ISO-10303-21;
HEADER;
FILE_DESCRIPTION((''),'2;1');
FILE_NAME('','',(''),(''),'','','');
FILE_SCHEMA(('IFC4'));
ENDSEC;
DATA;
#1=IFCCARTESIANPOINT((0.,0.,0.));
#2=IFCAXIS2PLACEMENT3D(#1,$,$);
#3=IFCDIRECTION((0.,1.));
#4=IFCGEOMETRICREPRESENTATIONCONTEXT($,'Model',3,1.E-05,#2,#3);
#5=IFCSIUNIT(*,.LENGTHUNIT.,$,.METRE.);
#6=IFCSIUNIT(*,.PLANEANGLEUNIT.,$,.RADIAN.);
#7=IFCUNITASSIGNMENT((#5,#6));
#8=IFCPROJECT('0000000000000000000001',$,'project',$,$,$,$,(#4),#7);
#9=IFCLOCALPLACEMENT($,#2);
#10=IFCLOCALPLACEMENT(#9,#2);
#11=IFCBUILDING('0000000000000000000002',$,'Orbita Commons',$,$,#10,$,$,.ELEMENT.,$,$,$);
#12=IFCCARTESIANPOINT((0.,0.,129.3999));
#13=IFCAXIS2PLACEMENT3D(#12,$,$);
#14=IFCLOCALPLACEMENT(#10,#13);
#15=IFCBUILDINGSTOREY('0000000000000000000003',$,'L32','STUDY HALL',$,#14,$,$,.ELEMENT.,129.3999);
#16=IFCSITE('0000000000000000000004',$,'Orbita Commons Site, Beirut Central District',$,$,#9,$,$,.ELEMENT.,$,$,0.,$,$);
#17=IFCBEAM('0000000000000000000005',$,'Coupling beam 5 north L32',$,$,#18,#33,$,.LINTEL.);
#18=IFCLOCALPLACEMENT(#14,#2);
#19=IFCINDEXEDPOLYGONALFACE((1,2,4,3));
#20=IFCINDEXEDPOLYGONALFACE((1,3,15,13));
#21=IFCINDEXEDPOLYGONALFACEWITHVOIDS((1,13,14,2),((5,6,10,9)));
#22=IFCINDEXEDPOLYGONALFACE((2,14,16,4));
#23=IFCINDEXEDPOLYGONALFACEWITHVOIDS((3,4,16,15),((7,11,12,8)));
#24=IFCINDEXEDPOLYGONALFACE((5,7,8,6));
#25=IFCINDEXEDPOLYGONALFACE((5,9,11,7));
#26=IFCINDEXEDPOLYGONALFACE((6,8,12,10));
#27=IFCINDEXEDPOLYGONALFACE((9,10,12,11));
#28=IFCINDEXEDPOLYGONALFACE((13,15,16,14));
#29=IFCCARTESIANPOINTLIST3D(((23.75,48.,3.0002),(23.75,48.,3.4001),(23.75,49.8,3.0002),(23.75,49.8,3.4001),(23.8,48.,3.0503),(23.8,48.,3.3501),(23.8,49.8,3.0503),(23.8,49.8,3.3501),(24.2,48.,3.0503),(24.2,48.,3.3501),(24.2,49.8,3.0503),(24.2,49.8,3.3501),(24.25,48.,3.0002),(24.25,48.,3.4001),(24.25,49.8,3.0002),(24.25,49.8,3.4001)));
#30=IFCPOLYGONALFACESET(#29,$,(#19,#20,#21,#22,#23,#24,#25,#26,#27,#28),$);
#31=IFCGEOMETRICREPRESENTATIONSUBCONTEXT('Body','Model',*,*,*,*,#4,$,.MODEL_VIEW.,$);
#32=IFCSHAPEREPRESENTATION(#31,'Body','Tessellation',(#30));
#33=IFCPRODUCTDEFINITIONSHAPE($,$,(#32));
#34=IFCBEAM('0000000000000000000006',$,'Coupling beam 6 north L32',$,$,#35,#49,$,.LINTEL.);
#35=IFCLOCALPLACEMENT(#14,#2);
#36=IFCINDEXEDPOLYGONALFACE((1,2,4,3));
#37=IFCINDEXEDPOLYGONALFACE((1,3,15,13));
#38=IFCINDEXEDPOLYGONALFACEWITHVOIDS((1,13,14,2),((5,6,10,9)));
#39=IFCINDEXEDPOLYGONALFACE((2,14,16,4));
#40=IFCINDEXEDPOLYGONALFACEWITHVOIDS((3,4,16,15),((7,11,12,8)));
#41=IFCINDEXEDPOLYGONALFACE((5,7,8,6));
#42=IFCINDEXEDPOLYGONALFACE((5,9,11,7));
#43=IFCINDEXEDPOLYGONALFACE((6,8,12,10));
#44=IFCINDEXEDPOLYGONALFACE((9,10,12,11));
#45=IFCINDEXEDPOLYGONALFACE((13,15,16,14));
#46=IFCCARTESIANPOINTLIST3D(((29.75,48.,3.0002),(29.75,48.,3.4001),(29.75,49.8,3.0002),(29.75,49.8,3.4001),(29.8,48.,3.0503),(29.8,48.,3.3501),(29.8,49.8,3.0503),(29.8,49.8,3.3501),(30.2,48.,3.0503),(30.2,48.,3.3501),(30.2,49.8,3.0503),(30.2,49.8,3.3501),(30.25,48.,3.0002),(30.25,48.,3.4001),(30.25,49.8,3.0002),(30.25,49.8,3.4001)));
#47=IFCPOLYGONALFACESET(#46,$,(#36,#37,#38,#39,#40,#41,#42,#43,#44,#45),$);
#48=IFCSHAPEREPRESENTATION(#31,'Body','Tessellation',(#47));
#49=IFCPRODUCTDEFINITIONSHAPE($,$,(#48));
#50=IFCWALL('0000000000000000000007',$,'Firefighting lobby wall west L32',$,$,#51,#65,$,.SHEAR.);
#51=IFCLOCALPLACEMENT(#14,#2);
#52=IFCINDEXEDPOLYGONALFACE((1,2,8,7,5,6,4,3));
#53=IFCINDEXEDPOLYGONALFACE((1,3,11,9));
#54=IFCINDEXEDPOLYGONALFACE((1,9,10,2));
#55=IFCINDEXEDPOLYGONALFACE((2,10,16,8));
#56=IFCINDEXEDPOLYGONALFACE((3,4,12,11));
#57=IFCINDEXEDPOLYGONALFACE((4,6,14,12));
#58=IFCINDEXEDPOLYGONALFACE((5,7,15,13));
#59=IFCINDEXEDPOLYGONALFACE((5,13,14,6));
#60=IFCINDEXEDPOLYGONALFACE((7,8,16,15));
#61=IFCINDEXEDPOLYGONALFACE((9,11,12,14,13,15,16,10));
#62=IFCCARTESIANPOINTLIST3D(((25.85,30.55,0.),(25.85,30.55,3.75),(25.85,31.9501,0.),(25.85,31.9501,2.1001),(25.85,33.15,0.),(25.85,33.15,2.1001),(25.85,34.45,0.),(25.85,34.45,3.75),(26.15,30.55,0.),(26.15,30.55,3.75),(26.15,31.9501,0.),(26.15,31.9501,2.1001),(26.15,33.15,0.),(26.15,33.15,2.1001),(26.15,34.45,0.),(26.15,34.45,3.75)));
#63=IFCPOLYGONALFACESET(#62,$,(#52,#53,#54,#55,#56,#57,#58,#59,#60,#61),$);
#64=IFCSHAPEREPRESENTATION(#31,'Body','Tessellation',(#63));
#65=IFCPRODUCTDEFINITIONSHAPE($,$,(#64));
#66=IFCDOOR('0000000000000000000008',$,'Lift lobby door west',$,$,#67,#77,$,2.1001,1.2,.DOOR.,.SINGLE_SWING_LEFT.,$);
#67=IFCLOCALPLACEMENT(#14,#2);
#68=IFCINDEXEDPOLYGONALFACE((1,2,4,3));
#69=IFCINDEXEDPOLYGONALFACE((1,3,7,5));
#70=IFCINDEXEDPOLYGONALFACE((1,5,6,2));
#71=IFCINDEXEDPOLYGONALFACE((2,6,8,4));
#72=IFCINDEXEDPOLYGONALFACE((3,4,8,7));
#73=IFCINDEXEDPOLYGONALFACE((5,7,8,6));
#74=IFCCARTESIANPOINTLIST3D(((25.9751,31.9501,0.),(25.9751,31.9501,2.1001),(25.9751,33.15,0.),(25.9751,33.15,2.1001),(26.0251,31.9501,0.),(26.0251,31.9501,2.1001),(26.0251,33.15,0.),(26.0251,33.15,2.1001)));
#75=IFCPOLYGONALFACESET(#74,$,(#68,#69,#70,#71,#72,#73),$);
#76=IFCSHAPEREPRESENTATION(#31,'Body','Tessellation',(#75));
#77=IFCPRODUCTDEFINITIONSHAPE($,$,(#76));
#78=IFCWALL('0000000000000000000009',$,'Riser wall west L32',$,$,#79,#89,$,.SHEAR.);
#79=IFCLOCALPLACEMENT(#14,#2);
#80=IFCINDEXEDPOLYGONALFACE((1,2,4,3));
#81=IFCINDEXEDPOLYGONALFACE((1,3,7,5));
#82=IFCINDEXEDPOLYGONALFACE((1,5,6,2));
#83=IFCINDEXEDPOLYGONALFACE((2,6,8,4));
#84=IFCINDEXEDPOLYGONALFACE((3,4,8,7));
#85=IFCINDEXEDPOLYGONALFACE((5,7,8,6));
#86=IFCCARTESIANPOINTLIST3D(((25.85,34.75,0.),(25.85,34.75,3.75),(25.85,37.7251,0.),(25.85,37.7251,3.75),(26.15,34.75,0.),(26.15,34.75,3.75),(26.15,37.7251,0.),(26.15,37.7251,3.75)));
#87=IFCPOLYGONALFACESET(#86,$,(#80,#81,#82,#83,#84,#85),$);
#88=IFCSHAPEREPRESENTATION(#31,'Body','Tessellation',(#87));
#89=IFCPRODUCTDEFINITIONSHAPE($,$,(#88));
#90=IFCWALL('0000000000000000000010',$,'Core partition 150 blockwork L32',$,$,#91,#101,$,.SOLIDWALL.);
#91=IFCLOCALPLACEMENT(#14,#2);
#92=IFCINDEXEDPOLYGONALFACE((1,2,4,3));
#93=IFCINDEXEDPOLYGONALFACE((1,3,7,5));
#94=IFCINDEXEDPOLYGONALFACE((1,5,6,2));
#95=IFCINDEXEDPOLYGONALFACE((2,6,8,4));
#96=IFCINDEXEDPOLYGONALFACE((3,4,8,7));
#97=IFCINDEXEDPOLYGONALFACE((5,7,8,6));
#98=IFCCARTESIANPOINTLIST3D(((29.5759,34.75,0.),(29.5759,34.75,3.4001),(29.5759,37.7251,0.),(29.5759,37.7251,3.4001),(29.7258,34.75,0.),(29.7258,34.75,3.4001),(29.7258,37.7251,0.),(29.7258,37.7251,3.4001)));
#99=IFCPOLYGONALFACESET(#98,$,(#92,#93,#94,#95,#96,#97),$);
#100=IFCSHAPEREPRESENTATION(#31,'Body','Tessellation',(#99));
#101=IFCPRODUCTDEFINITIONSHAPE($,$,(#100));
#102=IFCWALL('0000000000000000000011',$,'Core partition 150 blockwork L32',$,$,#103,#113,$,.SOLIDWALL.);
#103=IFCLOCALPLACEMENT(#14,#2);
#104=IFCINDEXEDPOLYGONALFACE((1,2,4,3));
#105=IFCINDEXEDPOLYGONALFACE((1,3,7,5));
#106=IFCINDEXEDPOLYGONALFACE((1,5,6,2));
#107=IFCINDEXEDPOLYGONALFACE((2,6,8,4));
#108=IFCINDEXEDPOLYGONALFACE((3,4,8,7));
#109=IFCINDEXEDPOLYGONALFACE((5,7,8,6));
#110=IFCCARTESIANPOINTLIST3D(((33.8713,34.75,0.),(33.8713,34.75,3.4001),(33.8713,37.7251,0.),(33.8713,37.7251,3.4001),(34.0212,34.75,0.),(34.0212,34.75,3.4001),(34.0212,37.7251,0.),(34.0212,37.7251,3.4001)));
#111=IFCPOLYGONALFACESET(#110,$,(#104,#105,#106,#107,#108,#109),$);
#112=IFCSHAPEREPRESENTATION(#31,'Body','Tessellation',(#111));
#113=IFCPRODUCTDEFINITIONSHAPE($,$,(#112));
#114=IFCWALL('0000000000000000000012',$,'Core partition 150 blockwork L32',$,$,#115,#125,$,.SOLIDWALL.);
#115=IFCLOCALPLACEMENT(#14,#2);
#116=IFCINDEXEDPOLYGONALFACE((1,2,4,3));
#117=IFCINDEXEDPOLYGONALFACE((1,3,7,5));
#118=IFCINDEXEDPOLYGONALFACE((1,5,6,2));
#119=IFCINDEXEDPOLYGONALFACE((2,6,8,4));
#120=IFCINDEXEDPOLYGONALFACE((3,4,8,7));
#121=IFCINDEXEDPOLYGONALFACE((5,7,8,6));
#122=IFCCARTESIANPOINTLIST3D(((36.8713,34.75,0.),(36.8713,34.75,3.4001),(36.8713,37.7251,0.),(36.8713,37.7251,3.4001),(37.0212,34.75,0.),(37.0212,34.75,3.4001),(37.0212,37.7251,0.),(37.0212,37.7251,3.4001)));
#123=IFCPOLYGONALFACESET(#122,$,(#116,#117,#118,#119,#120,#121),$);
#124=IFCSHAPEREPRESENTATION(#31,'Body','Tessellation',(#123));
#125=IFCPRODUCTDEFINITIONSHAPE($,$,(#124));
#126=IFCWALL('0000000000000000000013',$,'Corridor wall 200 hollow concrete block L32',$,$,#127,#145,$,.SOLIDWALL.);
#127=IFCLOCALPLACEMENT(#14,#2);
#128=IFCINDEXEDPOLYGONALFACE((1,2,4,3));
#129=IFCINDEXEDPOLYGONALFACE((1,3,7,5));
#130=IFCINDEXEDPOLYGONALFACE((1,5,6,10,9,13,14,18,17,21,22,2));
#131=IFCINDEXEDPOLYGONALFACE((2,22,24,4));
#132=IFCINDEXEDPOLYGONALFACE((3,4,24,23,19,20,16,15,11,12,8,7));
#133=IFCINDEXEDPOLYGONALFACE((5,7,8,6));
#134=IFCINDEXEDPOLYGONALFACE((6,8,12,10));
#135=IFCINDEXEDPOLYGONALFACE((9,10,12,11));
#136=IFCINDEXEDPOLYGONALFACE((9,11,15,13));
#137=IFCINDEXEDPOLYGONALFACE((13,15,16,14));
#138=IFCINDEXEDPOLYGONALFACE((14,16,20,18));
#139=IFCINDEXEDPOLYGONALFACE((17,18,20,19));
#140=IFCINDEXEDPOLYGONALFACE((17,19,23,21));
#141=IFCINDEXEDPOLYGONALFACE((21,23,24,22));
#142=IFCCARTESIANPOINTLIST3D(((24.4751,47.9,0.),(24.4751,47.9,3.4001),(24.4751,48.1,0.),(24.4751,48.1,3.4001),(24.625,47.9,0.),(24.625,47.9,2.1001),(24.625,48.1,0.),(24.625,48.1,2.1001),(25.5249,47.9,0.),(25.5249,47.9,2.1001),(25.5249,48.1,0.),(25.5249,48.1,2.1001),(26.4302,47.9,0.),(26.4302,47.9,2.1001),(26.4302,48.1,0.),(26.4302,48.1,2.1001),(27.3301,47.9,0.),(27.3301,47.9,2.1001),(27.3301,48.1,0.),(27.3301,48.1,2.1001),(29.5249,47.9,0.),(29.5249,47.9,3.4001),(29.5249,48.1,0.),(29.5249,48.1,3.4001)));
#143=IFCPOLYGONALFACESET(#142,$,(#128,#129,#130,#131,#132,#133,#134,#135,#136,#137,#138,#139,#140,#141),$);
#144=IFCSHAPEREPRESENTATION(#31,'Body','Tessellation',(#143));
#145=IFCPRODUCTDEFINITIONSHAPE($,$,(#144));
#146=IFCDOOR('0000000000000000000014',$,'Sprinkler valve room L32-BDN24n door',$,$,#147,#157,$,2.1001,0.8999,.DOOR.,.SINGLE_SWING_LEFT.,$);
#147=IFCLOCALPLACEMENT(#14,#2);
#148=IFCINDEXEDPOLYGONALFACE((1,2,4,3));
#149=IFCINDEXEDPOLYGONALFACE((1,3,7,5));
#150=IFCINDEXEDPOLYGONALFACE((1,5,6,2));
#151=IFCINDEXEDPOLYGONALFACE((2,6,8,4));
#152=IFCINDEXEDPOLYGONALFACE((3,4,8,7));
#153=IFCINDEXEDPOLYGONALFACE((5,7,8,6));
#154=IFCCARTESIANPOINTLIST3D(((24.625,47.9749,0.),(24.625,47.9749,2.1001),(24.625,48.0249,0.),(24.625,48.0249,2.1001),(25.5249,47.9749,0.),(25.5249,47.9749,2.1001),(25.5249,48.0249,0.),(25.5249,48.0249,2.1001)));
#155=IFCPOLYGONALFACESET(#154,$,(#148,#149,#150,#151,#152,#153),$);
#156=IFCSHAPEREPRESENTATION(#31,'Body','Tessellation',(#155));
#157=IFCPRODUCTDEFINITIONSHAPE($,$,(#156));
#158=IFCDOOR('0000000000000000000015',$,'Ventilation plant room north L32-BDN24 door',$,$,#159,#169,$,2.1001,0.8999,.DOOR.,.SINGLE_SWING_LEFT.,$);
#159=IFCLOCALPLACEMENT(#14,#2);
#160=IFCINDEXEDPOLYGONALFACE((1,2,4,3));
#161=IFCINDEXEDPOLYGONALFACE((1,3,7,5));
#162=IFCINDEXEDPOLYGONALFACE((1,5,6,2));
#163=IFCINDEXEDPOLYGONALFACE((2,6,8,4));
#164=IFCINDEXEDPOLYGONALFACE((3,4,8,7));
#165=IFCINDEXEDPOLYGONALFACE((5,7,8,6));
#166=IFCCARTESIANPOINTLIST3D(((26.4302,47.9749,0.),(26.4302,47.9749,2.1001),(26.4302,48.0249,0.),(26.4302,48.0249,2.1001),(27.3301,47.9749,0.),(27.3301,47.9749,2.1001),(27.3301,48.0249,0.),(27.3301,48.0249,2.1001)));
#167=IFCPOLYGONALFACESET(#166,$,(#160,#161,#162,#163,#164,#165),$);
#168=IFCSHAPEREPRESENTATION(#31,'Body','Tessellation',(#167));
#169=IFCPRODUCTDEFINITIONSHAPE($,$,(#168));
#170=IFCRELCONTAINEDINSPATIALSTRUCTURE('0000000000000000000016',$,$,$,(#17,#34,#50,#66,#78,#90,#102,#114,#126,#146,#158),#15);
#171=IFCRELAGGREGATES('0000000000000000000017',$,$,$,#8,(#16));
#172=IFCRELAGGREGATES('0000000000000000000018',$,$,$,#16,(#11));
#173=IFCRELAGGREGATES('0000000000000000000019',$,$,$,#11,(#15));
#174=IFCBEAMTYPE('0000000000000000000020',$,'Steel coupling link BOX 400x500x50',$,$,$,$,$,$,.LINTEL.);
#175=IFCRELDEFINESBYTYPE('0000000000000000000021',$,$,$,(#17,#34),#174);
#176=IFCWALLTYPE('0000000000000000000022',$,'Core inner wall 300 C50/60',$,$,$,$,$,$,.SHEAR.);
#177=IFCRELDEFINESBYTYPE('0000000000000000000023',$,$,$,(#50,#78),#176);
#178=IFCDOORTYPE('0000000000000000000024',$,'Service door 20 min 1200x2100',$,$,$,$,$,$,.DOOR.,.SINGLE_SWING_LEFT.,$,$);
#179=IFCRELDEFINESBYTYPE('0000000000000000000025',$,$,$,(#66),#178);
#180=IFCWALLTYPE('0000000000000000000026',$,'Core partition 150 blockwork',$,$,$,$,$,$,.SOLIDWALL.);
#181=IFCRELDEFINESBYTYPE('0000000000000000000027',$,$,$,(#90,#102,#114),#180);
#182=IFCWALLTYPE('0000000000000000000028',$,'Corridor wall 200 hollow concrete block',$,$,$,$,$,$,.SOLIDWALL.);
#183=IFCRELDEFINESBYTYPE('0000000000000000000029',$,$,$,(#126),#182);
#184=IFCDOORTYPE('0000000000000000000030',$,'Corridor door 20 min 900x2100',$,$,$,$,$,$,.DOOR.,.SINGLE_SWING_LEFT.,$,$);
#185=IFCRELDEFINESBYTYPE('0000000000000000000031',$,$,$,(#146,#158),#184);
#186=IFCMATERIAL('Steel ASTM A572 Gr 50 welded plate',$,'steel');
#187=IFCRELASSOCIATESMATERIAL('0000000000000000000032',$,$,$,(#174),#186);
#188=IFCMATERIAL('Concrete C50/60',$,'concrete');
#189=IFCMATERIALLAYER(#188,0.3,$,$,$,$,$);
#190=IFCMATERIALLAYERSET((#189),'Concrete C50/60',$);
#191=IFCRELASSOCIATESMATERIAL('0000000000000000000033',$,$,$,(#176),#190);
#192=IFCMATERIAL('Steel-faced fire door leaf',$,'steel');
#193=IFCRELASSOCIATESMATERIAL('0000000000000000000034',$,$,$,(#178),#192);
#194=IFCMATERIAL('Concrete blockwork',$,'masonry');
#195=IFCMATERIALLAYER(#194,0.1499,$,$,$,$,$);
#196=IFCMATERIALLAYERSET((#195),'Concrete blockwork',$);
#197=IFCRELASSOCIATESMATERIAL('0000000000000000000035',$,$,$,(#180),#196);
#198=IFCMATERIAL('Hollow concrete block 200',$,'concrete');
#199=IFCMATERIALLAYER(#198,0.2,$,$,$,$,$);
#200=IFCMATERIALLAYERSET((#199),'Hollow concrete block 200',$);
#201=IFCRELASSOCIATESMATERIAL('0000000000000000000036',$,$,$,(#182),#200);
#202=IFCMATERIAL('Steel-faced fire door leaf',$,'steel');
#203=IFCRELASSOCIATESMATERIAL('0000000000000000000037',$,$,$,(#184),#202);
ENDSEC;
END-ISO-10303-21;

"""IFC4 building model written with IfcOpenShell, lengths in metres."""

from ifc_helpers import new_model, si_unit, direction, frame, frame_2d, origin, origin_2d, place, context, subcontext, project, spatial, rectangle, hollow_rectangle, extrude, material, layer, layer_set, material_profile, profile_set, type_object, element, fill, save


model = new_model("IFC4")

# Units and contexts
model_context = context("Model", 3, precision=1e-05, world=origin(), true_north=direction((0.0, 1.0)))
body_context = subcontext(model_context, "Body", "Model", "MODEL_VIEW")
ifc_project = project(units=[si_unit("LENGTHUNIT", "METRE"), si_unit("PLANEANGLEUNIT", "RADIAN")], contexts=[model_context])

# Site, building, storey
site_placement = place(None, origin())
site = spatial("IfcSite", under=ifc_project, at=site_placement, Name="Orbita Commons Site, Beirut Central District", CompositionType="ELEMENT", RefElevation=0.0)
building_placement = place(site_placement, origin())
building = spatial("IfcBuilding", under=site, at=building_placement, Name="Orbita Commons", CompositionType="ELEMENT")
storey_placement = place(building_placement, frame((0.0, 0.0, 129.3999)))
storey = spatial("IfcBuildingStorey", under=building, at=storey_placement, Name="L32", Description="STUDY HALL", CompositionType="ELEMENT", Elevation=129.3999)

# Beams
ifc_material_1 = material(Name="Steel ASTM A572 Gr 50 welded plate", Category="steel")
ifc_material_profile = material_profile(ifc_material_1, hollow_rectangle(XDim=0.5, YDim=0.3999, WallThickness=0.05, at=origin_2d()), Name="BOX 400x500x50")
ifc_profile_set = profile_set([ifc_material_profile], Name="Steel ASTM A572 Gr 50 welded plate")
beam_type = type_object("IfcBeamType", Name="Steel coupling link BOX 400x500x50", PredefinedType="LINTEL", material=ifc_profile_set)
for number, where, z_axis, x_axis, name in (
    (1, (24.0, 48.0, 3.2002), (0.0, 1.0, 0.0), (-1.0, 0.0, 0.0), "Coupling beam 5 north L32"),
    (2, (30.0, 48.0, 3.2002), (0.0, 1.0, 0.0), (-1.0, 0.0, 0.0), "Coupling beam 6 north L32"),
):
    element("IfcBeam", number, at=place(storey_placement, frame(where, z_axis=z_axis, x_axis=x_axis)), inside=storey, type_object=beam_type, Name=name, PredefinedType="LINTEL", context=body_context, shape_type="SweptSolid", body=[
        extrude(hollow_rectangle(XDim=0.5, YDim=0.3999, WallThickness=0.05, at=origin_2d()), origin(), (0.0, 0.0, 1.0), 1.8),
    ])

# Wall, opening, door
ifc_material_2 = material(Name="Concrete C50/60", Category="concrete")
ifc_layer_1 = layer(ifc_material_2, 0.3)
ifc_layer_set_1 = layer_set([ifc_layer_1], Name="Concrete C50/60")
wall_type_1 = type_object("IfcWallType", Name="Core inner wall 300 C50/60", PredefinedType="SHEAR", material=ifc_layer_set_1)
wall_1_placement = place(storey_placement, frame((26.0, 30.55, 0.0), z_axis=(0.0, 0.0, 1.0), x_axis=(0.0, 1.0, 0.0)))
wall_1 = element("IfcWall", 3, at=wall_1_placement, inside=storey, type_object=wall_type_1, Name="Firefighting lobby wall west L32", PredefinedType="SHEAR", context=body_context, shape_type="SweptSolid", body=[
    extrude(rectangle(XDim=3.8999, YDim=0.3, at=frame_2d((1.95, 0.0))), origin(), (0.0, 0.0, 1.0), 3.75),
])
opening_1_placement = place(wall_1_placement, frame((1.3999, 0.0, 0.0)))
opening_1 = element("IfcOpeningElement", 4, at=opening_1_placement, cuts=wall_1, PredefinedType="OPENING", context=body_context, shape_type="SweptSolid", body=[
    extrude(rectangle(XDim=1.2, YDim=2.1001, at=frame_2d((0.6001, 1.05))), frame((0.0, 0.1599, 0.0), z_axis=(0.0, -1.0, 0.0), x_axis=(1.0, 0.0, 0.0)), (0.0, 0.0, 1.0), 0.3201),
])
ifc_material_3 = material(Name="Steel-faced fire door leaf", Category="steel")
door_type_1 = type_object("IfcDoorType", Name="Service door 20 min 1200x2100", OperationType="SINGLE_SWING_LEFT", PredefinedType="DOOR", material=ifc_material_3)
door_1_placement = place(opening_1_placement, origin())
door_1 = element("IfcDoor", 5, at=door_1_placement, inside=storey, type_object=door_type_1, Name="Lift lobby door west", OperationType="SINGLE_SWING_LEFT", OverallHeight=2.1001, OverallWidth=1.2, PredefinedType="DOOR", context=body_context, shape_type="SweptSolid", body=[
    extrude(rectangle(XDim=1.2, YDim=2.1001, at=frame_2d((0.6001, 1.05))), frame((0.0, 0.0249, 0.0), z_axis=(0.0, -1.0, 0.0), x_axis=(1.0, 0.0, 0.0)), (0.0, 0.0, 1.0), 0.05),
])
fill(opening_1, door_1)

# Walls
wall_2_placement = place(storey_placement, frame((26.0, 34.75, 0.0), z_axis=(0.0, 0.0, 1.0), x_axis=(0.0, 1.0, 0.0)))
element("IfcWall", 6, at=wall_2_placement, inside=storey, type_object=wall_type_1, Name="Riser wall west L32", PredefinedType="SHEAR", context=body_context, shape_type="SweptSolid", body=[
    extrude(rectangle(XDim=2.9751, YDim=0.3, at=frame_2d((1.4875, 0.0))), origin(), (0.0, 0.0, 1.0), 3.75),
])
ifc_material_4 = material(Name="Concrete blockwork", Category="masonry")
ifc_layer_2 = layer(ifc_material_4, 0.1499)
ifc_layer_set_2 = layer_set([ifc_layer_2], Name="Concrete blockwork")
wall_type_2 = type_object("IfcWallType", Name="Core partition 150 blockwork", PredefinedType="SOLIDWALL", material=ifc_layer_set_2)
for number, where, z_axis, x_axis, name in (
    (7, (29.6509, 34.75, 0.0), (0.0, 0.0, 1.0), (0.0, 1.0, 0.0), "Core partition 150 blockwork L32"),
    (8, (33.9463, 34.75, 0.0), (0.0, 0.0, 1.0), (0.0, 1.0, 0.0), "Core partition 150 blockwork L32"),
    (9, (36.9463, 34.75, 0.0), (0.0, 0.0, 1.0), (0.0, 1.0, 0.0), "Core partition 150 blockwork L32"),
):
    element("IfcWall", number, at=place(storey_placement, frame(where, z_axis=z_axis, x_axis=x_axis)), inside=storey, type_object=wall_type_2, Name=name, PredefinedType="SOLIDWALL", context=body_context, shape_type="SweptSolid", body=[
        extrude(rectangle(XDim=2.9751, YDim=0.1499, at=frame_2d((1.4875, 0.0))), origin(), (0.0, 0.0, 1.0), 3.4001),
    ])

# Wall, openings, doors
ifc_material_5 = material(Name="Hollow concrete block 200", Category="concrete")
ifc_layer_3 = layer(ifc_material_5, 0.2)
ifc_layer_set_3 = layer_set([ifc_layer_3], Name="Hollow concrete block 200")
wall_type_3 = type_object("IfcWallType", Name="Corridor wall 200 hollow concrete block", PredefinedType="SOLIDWALL", material=ifc_layer_set_3)
wall_3_placement = place(storey_placement, frame((24.4751, 48.0, 0.0), z_axis=(0.0, 0.0, 1.0), x_axis=(1.0, 0.0, 0.0)))
wall_3 = element("IfcWall", 10, at=wall_3_placement, inside=storey, type_object=wall_type_3, Name="Corridor wall 200 hollow concrete block L32", PredefinedType="SOLIDWALL", context=body_context, shape_type="SweptSolid", body=[
    extrude(rectangle(XDim=5.0498, YDim=0.2, at=frame_2d((2.5249, 0.0))), origin(), (0.0, 0.0, 1.0), 3.4001),
])
opening_2_placement = place(wall_3_placement, frame((0.1499, 0.0, 0.0)))
opening_2 = element("IfcOpeningElement", 11, at=opening_2_placement, cuts=wall_3, PredefinedType="OPENING", context=body_context, shape_type="SweptSolid", body=[
    extrude(rectangle(XDim=0.8999, YDim=2.1001, at=frame_2d((0.45, 1.05))), frame((0.0, 0.1099, 0.0), z_axis=(0.0, -1.0, 0.0), x_axis=(1.0, 0.0, 0.0)), (0.0, 0.0, 1.0), 0.22),
])
opening_3_placement = place(wall_3_placement, frame((1.9551, 0.0, 0.0)))
opening_3 = element("IfcOpeningElement", 12, at=opening_3_placement, cuts=wall_3, PredefinedType="OPENING", context=body_context, shape_type="SweptSolid", body=[
    extrude(rectangle(XDim=0.8999, YDim=2.1001, at=frame_2d((0.45, 1.05))), frame((0.0, 0.1099, 0.0), z_axis=(0.0, -1.0, 0.0), x_axis=(1.0, 0.0, 0.0)), (0.0, 0.0, 1.0), 0.22),
])
ifc_material_6 = material(Name="Steel-faced fire door leaf", Category="steel")
door_type_2 = type_object("IfcDoorType", Name="Corridor door 20 min 900x2100", OperationType="SINGLE_SWING_LEFT", PredefinedType="DOOR", material=ifc_material_6)
door_2_placement = place(opening_2_placement, origin())
door_2 = element("IfcDoor", 13, at=door_2_placement, inside=storey, type_object=door_type_2, Name="Sprinkler valve room L32-BDN24n door", OperationType="SINGLE_SWING_LEFT", OverallHeight=2.1001, OverallWidth=0.8999, PredefinedType="DOOR", context=body_context, shape_type="SweptSolid", body=[
    extrude(rectangle(XDim=0.8999, YDim=2.1001, at=frame_2d((0.45, 1.05))), frame((0.0, 0.0249, 0.0), z_axis=(0.0, -1.0, 0.0), x_axis=(1.0, 0.0, 0.0)), (0.0, 0.0, 1.0), 0.05),
])
fill(opening_2, door_2)
door_3_placement = place(opening_3_placement, origin())
door_3 = element("IfcDoor", 14, at=door_3_placement, inside=storey, type_object=door_type_2, Name="Ventilation plant room north L32-BDN24 door", OperationType="SINGLE_SWING_LEFT", OverallHeight=2.1001, OverallWidth=0.8999, PredefinedType="DOOR", context=body_context, shape_type="SweptSolid", body=[
    extrude(rectangle(XDim=0.8999, YDim=2.1001, at=frame_2d((0.45, 1.05))), frame((0.0, 0.0249, 0.0), z_axis=(0.0, -1.0, 0.0), x_axis=(1.0, 0.0, 0.0)), (0.0, 0.0, 1.0), 0.05),
])
fill(opening_3, door_3)

save(model, "model.ifc")
